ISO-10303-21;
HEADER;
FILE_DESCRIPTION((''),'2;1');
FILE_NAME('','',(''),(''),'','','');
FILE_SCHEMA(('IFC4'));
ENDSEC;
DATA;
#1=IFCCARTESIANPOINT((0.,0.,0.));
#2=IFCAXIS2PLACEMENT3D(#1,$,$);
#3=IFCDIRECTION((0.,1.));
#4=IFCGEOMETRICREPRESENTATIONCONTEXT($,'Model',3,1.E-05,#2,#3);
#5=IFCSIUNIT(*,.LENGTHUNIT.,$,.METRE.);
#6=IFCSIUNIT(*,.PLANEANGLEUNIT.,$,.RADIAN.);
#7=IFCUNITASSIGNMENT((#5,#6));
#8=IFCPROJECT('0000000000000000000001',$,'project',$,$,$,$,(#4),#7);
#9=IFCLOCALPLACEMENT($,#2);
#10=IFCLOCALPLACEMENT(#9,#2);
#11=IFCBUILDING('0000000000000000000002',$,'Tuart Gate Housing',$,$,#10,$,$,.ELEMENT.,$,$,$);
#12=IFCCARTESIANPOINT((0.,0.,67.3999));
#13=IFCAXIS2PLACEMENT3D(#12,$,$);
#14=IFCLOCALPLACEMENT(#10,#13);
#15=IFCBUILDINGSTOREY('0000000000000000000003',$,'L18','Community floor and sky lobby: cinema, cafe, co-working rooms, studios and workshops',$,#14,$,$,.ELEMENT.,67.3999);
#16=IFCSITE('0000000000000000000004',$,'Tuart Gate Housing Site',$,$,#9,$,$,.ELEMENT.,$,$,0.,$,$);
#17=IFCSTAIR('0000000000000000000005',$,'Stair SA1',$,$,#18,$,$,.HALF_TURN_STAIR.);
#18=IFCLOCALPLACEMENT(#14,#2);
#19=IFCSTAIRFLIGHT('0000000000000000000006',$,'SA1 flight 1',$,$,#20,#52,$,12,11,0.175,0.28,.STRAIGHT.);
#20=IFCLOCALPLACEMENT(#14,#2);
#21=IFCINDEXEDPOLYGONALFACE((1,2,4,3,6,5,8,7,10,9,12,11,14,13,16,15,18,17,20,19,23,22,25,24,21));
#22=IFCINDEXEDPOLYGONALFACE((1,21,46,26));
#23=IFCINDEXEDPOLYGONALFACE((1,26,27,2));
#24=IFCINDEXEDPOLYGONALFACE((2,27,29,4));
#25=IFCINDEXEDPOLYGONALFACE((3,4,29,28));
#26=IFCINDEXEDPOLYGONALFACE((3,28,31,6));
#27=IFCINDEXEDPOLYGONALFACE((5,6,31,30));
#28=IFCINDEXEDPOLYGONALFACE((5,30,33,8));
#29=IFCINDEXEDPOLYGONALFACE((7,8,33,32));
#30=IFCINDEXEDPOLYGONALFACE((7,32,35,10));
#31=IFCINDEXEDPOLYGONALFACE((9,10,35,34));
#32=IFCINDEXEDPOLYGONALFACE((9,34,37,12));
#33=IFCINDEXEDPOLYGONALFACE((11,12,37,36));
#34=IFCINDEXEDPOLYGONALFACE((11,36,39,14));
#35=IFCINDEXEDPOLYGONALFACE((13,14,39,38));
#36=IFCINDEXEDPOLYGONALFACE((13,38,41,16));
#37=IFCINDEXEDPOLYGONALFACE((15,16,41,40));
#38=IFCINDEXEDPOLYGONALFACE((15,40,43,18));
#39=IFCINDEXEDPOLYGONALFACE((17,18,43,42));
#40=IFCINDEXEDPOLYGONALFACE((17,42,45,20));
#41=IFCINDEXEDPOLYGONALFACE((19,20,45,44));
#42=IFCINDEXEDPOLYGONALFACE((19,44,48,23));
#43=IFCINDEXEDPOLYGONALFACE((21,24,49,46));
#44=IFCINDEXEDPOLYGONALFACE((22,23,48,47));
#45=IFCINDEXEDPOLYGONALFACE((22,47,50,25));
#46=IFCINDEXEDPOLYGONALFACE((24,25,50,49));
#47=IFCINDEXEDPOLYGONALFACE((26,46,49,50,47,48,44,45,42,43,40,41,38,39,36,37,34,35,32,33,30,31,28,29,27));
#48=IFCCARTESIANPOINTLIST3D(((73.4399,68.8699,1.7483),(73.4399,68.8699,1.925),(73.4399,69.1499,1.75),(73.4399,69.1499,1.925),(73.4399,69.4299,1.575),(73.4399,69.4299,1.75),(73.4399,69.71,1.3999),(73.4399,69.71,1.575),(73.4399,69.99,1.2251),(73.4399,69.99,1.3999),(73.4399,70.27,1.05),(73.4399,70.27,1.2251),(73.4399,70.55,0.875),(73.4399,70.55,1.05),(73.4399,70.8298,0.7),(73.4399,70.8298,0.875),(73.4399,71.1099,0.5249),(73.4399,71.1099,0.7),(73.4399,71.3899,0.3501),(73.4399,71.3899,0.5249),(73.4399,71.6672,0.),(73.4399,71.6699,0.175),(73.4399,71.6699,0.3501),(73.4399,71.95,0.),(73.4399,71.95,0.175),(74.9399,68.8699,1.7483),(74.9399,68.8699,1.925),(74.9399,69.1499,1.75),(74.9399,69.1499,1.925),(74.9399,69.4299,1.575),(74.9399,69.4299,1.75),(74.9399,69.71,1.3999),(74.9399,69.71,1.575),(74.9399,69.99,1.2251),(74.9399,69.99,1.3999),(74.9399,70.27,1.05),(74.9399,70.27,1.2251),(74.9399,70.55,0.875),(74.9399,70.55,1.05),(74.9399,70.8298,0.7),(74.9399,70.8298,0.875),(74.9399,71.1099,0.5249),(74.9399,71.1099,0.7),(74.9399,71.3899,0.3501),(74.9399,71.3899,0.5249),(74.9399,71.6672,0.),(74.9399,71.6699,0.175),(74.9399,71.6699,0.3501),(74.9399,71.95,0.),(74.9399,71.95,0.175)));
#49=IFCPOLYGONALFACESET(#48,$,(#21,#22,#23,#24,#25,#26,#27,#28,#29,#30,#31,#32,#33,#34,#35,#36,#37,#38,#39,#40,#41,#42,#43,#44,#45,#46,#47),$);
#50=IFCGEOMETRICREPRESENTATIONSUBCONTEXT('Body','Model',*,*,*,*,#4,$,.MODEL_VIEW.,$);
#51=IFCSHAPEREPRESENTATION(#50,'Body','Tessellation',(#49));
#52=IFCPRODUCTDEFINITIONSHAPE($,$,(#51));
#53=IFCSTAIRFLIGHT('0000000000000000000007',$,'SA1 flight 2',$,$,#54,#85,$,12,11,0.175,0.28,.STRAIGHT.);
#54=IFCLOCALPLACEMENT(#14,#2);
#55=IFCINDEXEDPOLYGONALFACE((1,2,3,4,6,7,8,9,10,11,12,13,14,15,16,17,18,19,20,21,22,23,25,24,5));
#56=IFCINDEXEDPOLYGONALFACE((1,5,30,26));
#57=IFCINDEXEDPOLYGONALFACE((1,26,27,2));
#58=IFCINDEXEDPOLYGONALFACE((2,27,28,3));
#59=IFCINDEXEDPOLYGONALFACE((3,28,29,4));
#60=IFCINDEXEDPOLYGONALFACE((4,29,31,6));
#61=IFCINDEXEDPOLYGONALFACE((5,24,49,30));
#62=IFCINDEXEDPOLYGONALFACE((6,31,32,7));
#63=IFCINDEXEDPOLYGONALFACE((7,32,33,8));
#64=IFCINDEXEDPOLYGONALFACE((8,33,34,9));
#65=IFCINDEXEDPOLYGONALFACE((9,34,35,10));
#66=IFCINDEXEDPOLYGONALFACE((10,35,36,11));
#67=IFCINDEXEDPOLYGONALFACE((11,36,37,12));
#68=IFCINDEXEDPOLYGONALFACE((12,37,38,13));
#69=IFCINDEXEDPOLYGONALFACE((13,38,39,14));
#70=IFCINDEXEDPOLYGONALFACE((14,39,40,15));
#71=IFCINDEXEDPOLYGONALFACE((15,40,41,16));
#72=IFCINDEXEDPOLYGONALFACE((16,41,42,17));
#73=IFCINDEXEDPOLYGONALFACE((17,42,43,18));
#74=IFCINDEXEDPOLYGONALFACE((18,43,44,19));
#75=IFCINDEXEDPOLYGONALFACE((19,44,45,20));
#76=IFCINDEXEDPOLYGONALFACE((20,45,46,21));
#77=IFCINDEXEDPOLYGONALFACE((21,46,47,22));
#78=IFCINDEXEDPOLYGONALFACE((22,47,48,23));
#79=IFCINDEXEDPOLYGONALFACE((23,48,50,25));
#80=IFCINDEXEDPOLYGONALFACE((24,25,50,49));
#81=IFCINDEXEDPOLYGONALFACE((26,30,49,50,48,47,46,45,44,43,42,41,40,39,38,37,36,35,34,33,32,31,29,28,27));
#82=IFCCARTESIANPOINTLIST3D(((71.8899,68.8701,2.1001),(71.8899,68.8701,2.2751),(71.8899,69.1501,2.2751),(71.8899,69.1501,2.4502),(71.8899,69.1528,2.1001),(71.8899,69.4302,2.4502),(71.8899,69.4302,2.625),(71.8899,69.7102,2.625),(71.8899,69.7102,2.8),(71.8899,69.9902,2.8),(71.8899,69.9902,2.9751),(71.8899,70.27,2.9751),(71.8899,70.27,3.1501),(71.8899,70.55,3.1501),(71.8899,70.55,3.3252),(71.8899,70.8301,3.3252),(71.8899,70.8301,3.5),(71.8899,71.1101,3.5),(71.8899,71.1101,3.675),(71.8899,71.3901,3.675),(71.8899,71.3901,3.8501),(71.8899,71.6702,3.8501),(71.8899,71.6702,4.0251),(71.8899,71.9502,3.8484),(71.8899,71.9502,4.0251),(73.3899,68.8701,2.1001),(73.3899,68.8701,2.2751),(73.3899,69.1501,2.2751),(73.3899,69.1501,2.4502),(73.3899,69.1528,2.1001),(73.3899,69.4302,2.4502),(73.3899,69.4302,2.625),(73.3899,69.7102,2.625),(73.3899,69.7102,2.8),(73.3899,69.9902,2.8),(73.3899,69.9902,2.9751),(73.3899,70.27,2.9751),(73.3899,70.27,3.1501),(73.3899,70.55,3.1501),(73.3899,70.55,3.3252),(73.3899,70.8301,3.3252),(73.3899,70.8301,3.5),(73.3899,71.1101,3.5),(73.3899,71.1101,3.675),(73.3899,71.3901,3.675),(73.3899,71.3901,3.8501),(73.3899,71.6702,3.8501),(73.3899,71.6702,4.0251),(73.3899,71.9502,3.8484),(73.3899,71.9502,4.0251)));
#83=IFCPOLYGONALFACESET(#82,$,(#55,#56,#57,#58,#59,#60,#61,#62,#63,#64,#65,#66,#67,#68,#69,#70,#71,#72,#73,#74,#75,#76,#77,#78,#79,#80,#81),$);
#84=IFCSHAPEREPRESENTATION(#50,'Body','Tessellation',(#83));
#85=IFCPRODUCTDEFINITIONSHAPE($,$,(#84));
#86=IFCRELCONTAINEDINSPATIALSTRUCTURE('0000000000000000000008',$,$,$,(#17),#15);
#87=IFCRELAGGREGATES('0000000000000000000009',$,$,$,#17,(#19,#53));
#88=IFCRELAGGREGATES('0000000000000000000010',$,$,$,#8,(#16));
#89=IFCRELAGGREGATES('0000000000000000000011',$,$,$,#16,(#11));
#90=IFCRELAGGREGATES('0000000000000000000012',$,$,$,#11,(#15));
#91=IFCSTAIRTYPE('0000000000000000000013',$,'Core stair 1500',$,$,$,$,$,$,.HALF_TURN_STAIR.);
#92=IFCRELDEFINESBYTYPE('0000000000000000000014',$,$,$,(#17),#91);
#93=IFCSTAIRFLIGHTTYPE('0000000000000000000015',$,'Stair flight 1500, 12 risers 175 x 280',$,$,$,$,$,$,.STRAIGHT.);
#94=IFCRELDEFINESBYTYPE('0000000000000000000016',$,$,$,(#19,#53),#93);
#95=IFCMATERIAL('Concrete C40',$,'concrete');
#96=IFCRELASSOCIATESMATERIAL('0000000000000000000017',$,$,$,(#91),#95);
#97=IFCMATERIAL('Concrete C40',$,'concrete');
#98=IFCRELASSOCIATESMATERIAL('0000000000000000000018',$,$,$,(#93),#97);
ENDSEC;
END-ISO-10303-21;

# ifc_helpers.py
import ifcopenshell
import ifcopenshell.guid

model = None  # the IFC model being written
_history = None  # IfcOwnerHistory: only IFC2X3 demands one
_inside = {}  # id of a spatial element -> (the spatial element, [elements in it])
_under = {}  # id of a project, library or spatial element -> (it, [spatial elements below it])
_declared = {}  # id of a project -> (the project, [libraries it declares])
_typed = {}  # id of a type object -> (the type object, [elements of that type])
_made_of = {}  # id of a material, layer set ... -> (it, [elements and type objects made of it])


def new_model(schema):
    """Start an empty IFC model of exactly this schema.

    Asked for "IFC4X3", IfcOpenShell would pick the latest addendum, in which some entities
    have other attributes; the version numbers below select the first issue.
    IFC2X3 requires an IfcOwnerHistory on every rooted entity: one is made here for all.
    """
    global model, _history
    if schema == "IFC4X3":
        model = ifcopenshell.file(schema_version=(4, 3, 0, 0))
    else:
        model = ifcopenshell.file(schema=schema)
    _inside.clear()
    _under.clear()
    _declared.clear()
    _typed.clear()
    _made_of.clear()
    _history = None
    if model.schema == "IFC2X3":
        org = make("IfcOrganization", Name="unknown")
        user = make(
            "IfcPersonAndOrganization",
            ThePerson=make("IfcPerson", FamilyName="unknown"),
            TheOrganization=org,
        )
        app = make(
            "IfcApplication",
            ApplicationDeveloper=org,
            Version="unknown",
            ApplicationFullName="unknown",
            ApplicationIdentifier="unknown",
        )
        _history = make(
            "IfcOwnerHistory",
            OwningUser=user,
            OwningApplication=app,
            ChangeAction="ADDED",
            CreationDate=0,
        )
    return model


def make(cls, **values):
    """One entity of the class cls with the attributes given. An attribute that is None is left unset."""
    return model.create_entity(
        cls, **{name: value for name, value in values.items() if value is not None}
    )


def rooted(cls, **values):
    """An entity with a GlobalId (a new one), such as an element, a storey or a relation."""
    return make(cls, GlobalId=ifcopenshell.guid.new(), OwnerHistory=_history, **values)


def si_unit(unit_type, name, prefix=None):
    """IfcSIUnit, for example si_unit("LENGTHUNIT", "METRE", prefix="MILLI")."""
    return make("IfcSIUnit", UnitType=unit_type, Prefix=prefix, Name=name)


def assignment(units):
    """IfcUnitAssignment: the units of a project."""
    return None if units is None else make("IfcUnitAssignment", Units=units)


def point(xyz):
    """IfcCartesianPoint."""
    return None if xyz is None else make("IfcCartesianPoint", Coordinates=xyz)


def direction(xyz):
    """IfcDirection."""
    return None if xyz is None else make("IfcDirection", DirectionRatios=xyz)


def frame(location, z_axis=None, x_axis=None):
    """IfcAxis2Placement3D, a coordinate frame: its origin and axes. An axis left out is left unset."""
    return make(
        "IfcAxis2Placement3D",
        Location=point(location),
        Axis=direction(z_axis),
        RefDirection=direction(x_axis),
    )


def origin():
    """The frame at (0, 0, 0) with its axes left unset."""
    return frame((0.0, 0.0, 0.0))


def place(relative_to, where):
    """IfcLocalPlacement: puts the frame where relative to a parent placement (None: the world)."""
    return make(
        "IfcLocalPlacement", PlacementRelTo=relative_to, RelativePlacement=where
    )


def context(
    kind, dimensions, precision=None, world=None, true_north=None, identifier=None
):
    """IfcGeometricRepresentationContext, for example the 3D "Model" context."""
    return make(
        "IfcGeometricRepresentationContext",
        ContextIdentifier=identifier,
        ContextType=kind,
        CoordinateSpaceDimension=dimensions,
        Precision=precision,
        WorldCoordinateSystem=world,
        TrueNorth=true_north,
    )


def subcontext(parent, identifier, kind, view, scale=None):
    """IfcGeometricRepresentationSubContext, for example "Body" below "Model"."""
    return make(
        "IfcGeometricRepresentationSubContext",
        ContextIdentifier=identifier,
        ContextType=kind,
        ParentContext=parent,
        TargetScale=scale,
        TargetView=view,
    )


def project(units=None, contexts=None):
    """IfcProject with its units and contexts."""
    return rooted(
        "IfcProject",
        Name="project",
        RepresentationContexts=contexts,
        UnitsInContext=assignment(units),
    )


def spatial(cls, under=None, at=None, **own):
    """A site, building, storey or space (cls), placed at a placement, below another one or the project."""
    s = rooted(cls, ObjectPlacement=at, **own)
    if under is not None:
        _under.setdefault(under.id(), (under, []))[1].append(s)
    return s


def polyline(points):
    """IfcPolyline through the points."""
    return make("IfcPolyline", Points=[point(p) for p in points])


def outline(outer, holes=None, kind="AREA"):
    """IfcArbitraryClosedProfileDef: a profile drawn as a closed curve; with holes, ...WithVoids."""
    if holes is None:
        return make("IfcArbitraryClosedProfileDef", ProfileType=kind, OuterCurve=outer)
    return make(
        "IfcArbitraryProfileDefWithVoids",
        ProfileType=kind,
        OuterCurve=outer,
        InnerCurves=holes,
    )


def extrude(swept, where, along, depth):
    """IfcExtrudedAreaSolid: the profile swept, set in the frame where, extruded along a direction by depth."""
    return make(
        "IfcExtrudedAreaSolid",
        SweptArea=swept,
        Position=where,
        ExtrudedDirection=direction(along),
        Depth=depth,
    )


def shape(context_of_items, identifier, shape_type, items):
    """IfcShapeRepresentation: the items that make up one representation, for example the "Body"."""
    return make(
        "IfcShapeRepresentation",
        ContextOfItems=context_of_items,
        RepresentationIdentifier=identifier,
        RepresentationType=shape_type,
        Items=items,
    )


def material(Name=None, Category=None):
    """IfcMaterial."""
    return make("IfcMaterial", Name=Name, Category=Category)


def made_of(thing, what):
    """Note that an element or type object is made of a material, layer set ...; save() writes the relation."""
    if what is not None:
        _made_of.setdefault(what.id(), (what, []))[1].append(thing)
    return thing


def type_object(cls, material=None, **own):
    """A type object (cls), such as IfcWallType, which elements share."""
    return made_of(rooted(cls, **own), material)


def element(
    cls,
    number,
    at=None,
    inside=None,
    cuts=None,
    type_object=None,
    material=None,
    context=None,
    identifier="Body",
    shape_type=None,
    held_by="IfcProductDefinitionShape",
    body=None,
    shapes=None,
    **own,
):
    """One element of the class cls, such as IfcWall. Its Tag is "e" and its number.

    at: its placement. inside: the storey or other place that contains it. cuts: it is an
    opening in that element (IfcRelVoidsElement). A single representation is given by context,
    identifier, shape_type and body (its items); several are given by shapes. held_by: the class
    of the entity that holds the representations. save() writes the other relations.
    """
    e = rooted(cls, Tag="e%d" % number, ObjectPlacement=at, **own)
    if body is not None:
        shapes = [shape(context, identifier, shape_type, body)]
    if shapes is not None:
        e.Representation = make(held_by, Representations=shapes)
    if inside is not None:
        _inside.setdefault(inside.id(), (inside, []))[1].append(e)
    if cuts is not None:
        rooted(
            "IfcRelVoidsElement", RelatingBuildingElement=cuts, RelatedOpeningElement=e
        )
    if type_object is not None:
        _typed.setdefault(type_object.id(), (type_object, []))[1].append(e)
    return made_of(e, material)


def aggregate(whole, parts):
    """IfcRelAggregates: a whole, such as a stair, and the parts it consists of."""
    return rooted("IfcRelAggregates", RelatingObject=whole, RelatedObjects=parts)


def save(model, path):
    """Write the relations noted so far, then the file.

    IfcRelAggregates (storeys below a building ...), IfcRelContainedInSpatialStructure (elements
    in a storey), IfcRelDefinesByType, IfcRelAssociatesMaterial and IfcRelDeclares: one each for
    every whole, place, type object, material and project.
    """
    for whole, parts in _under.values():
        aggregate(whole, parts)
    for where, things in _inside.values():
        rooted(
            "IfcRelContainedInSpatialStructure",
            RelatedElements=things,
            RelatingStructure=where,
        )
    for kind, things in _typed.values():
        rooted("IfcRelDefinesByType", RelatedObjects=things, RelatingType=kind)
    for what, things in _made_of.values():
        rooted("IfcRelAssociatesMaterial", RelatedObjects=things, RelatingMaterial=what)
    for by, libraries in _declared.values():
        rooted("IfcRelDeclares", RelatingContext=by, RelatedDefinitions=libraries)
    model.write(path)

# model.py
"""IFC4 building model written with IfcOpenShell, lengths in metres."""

from ifc_helpers import new_model, si_unit, direction, frame, origin, place, context, subcontext, project, spatial, polyline, outline, extrude, material, type_object, element, aggregate, save


model = new_model("IFC4")

# Units and contexts
model_context = context("Model", 3, precision=1e-05, world=origin(), true_north=direction((0.0, 1.0)))
body_context = subcontext(model_context, "Body", "Model", "MODEL_VIEW")
ifc_project = project(units=[si_unit("LENGTHUNIT", "METRE"), si_unit("PLANEANGLEUNIT", "RADIAN")], contexts=[model_context])

# Site, building, storey
site_placement = place(None, origin())
site = spatial("IfcSite", under=ifc_project, at=site_placement, Name="Tuart Gate Housing Site", CompositionType="ELEMENT", RefElevation=0.0)
building_placement = place(site_placement, origin())
building = spatial("IfcBuilding", under=site, at=building_placement, Name="Tuart Gate Housing", CompositionType="ELEMENT")
storey_placement = place(building_placement, frame((0.0, 0.0, 67.3999)))
storey = spatial("IfcBuildingStorey", under=building, at=storey_placement, Name="L18", Description="Community floor and sky lobby: cinema, cafe, co-working rooms, studios and workshops", CompositionType="ELEMENT", Elevation=67.3999)

# Stair, stair flights
ifc_material_1 = material(Name="Concrete C40", Category="concrete")
stair_type = type_object("IfcStairType", Name="Core stair 1500", PredefinedType="HALF_TURN_STAIR", material=ifc_material_1)
stair_placement = place(storey_placement, origin())
stair = element("IfcStair", 1, at=stair_placement, inside=storey, type_object=stair_type, Name="Stair SA1", PredefinedType="HALF_TURN_STAIR")
ifc_material_2 = material(Name="Concrete C40", Category="concrete")
stair_flight_type = type_object("IfcStairFlightType", Name="Stair flight 1500, 12 risers 175 x 280", PredefinedType="STRAIGHT", material=ifc_material_2)
stair_flight_1_placement = place(storey_placement, frame((74.1899, 71.95, 0.0), z_axis=(0.0, 0.0, 1.0), x_axis=(0.0, -1.0, 0.0)))
stair_flight_1 = element("IfcStairFlight", 2, at=stair_flight_1_placement, type_object=stair_flight_type, Name="SA1 flight 1", NumberOfRisers=12, NumberOfTreads=11, PredefinedType="STRAIGHT", RiserHeight=0.175, TreadLength=0.28, context=body_context, shape_type="SweptSolid", body=[
    extrude(outline(polyline([(0.0, 0.0), (0.0, 0.175), (0.28, 0.175), (0.28, 0.3501), (0.5601, 0.3501), (0.5601, 0.5249), (0.8401, 0.5249), (0.8401, 0.7), (1.1201, 0.7), (1.1201, 0.875), (1.3999, 0.875), (1.3999, 1.05), (1.6799, 1.05), (1.6799, 1.2251), (1.96, 1.2251), (1.96, 1.3999), (2.24, 1.3999), (2.24, 1.575), (2.52, 1.575), (2.52, 1.75), (2.8, 1.75), (2.8, 1.925), (3.0801, 1.925), (3.0801, 2.1001), (3.0801, 1.7483), (0.2827, 0.0), (0.0, 0.0)])), frame((0.0, 0.75, 0.0), z_axis=(0.0, -1.0, 0.0), x_axis=(1.0, 0.0, 0.0)), (0.0, 0.0, 1.0), 1.5),
])
stair_flight_2_placement = place(storey_placement, frame((72.6399, 68.8701, 2.1001), z_axis=(0.0, 0.0, 1.0), x_axis=(0.0, 1.0, 0.0)))
stair_flight_2 = element("IfcStairFlight", 3, at=stair_flight_2_placement, type_object=stair_flight_type, Name="SA1 flight 2", NumberOfRisers=12, NumberOfTreads=11, PredefinedType="STRAIGHT", RiserHeight=0.175, TreadLength=0.28, context=body_context, shape_type="SweptSolid", body=[
    extrude(outline(polyline([(0.0, 0.0), (0.0, 0.175), (0.28, 0.175), (0.28, 0.3501), (0.5601, 0.3501), (0.5601, 0.5249), (0.8401, 0.5249), (0.8401, 0.7), (1.1201, 0.7), (1.1201, 0.875), (1.3999, 0.875), (1.3999, 1.05), (1.6799, 1.05), (1.6799, 1.2251), (1.96, 1.2251), (1.96, 1.3999), (2.24, 1.3999), (2.24, 1.575), (2.52, 1.575), (2.52, 1.75), (2.8, 1.75), (2.8, 1.925), (3.0801, 1.925), (3.0801, 2.1001), (3.0801, 1.7483), (0.2827, 0.0), (0.0, 0.0)])), frame((0.0, 0.75, 0.0), z_axis=(0.0, -1.0, 0.0), x_axis=(1.0, 0.0, 0.0)), (0.0, 0.0, 1.0), 1.5),
])
aggregate(stair, [stair_flight_1, stair_flight_2])

save(model, "model.ifc")
